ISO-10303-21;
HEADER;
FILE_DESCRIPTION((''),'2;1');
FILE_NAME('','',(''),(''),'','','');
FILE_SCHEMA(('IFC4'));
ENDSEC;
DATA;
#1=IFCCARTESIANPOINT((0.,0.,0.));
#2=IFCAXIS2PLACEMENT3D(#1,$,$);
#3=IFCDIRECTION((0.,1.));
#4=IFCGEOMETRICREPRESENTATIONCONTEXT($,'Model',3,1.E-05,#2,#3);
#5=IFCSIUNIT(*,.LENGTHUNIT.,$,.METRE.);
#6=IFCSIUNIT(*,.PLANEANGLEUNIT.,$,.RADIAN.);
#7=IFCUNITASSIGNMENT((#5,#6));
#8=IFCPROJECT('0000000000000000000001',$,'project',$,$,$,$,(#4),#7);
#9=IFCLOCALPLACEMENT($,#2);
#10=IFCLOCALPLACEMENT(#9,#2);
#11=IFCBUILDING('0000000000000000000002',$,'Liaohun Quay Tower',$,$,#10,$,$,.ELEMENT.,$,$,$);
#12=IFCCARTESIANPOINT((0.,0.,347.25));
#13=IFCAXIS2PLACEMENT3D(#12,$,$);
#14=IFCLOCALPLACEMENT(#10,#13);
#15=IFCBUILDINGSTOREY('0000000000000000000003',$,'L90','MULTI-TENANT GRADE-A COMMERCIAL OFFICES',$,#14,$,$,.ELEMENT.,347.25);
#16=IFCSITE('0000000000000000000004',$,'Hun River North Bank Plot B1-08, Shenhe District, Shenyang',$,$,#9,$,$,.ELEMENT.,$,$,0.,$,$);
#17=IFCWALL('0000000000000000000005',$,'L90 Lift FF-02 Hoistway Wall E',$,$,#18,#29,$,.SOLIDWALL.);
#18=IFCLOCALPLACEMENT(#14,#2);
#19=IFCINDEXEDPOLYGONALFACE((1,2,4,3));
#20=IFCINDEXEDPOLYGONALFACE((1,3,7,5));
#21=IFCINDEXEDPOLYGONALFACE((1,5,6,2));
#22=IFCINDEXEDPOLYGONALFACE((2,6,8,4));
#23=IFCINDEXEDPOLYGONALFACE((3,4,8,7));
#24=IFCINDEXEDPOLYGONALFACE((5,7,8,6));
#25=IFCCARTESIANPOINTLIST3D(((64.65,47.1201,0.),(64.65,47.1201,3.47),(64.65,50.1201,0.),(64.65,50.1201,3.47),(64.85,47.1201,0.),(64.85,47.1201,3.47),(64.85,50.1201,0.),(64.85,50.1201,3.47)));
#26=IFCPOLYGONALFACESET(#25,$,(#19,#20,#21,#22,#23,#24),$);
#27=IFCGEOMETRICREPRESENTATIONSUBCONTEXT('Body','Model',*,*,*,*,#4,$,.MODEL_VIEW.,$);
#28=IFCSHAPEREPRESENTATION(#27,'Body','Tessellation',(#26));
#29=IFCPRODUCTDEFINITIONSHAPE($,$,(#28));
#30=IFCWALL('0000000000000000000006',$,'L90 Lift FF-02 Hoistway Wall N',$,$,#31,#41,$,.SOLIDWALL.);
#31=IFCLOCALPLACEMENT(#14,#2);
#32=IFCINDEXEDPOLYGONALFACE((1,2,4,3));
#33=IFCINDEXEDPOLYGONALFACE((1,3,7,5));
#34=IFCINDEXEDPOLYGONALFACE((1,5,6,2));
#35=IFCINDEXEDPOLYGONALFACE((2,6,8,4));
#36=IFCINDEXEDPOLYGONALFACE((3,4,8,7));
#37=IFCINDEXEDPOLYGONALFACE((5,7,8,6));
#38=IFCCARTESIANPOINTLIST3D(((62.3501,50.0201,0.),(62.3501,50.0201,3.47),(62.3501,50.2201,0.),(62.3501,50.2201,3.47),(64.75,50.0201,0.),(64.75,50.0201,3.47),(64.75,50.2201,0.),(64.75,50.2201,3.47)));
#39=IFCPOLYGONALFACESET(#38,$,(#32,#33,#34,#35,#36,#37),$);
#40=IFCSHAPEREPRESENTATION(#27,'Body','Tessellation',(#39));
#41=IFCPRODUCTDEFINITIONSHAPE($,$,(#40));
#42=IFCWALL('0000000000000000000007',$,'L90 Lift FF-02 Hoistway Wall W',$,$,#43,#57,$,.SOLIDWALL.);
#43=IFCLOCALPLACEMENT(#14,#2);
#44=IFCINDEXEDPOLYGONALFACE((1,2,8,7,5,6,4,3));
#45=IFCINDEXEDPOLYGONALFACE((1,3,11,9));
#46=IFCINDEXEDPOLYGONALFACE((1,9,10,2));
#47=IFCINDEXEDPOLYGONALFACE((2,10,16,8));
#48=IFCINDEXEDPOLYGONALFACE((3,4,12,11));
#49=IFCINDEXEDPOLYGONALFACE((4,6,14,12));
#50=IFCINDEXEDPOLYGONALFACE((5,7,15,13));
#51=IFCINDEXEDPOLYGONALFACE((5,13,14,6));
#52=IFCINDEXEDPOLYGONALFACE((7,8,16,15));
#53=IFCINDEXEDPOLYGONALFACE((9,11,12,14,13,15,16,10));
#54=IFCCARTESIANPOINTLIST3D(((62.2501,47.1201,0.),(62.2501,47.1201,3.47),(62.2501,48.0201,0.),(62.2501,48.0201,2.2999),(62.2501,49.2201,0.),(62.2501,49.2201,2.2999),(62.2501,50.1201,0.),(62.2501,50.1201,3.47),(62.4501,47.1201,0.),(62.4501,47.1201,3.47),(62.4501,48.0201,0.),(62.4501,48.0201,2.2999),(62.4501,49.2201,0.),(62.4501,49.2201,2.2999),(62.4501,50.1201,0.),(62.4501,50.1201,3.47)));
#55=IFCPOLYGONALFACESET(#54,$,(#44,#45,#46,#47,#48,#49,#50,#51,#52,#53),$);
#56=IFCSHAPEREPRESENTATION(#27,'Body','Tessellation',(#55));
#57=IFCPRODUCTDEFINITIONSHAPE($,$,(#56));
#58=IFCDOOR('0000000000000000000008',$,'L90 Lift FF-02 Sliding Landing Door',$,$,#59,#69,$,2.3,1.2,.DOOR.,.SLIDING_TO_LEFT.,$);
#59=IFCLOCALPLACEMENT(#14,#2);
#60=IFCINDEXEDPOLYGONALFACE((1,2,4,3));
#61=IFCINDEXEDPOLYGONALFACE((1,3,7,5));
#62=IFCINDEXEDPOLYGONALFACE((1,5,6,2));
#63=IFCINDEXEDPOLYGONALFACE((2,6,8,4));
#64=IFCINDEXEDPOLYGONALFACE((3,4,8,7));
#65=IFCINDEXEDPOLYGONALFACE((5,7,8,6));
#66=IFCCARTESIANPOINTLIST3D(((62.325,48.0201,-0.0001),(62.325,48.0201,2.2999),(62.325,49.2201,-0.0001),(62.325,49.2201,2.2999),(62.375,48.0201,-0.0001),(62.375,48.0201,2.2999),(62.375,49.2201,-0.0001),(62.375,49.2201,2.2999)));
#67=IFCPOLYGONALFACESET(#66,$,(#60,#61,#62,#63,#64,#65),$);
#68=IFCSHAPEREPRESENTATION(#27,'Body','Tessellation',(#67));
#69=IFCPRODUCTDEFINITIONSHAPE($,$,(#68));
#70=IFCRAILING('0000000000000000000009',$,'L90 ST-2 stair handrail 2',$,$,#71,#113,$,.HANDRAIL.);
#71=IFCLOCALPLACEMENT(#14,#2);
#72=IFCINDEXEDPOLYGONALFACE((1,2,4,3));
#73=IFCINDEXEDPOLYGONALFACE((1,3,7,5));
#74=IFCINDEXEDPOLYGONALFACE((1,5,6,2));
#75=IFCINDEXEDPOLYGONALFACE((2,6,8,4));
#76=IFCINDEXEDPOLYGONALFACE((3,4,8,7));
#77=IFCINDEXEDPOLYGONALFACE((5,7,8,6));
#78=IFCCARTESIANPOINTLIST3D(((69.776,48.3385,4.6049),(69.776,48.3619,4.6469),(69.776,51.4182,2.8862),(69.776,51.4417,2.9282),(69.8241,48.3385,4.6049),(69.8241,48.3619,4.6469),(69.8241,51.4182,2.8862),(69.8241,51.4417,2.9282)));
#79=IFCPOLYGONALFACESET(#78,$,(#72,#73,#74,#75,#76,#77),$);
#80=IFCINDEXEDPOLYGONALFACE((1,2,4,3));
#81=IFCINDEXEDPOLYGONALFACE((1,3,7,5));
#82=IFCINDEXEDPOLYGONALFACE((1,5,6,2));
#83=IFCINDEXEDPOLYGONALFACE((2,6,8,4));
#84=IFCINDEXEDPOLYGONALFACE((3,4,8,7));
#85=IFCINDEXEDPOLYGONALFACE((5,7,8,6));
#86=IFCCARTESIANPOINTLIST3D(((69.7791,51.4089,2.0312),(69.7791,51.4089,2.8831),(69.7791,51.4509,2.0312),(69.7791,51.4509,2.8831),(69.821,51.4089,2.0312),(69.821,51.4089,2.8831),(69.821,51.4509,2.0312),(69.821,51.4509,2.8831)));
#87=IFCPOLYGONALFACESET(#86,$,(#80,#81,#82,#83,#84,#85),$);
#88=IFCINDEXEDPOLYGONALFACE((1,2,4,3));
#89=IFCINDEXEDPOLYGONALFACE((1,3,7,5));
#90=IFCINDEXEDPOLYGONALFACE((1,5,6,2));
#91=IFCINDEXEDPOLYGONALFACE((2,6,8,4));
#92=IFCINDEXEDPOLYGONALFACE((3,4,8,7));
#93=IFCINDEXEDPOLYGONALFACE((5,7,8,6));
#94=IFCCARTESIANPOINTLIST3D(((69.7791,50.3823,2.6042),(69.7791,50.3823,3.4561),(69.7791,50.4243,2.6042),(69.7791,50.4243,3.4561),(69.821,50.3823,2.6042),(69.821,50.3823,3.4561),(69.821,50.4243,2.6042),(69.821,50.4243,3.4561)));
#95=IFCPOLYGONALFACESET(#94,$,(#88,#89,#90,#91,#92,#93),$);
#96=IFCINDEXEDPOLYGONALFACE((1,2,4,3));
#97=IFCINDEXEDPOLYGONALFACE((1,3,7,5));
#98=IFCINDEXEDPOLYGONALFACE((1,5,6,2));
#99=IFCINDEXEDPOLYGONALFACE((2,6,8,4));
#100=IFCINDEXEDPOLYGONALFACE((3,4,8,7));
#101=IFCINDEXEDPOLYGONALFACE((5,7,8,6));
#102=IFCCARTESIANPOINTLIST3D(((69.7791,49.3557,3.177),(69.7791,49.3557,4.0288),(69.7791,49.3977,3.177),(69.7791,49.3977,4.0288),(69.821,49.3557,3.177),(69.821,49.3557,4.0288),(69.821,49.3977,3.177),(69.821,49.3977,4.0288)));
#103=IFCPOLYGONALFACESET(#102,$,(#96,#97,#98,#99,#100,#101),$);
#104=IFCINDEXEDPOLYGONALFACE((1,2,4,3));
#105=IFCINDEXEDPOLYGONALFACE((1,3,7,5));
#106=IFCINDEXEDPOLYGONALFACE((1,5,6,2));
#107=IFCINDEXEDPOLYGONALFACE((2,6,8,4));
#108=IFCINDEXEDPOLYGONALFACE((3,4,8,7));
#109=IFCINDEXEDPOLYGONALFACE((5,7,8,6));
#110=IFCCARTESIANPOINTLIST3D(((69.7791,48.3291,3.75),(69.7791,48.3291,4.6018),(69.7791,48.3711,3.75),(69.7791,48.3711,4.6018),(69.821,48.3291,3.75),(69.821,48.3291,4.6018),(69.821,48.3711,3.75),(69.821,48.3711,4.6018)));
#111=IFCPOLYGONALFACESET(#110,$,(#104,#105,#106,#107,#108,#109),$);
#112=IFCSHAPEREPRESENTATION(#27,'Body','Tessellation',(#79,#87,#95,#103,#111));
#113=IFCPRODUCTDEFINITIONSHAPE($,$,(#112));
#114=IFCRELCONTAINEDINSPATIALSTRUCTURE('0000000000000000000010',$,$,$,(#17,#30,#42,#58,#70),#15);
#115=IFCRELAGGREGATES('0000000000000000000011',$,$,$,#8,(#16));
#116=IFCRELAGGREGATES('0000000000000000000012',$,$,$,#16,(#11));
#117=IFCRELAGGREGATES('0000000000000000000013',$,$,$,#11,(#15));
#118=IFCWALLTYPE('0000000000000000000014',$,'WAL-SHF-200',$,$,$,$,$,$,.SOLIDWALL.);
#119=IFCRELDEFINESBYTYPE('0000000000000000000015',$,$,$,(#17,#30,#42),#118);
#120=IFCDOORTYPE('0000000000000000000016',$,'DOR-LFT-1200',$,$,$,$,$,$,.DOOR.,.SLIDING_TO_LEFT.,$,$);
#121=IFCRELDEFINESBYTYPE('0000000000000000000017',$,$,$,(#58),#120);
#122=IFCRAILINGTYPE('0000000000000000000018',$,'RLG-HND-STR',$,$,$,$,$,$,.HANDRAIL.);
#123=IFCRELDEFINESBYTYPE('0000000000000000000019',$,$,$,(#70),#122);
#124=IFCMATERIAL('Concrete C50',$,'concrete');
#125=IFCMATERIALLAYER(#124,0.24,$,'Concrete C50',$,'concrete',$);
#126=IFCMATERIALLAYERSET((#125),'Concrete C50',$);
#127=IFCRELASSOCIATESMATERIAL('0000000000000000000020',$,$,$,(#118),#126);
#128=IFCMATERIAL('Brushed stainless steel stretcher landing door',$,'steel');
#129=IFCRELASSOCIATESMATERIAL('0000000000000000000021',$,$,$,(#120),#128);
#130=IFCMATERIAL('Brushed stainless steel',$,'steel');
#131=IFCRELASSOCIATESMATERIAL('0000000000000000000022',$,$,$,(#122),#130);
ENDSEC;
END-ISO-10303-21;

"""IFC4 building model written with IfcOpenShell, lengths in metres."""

from ifc_helpers import new_model, si_unit, direction, frame, frame_2d, origin, origin_2d, place, context, subcontext, project, spatial, rectangle, extrude, source, transform, mapped, material, layer, layer_set, type_object, element, fill, save


model = new_model("IFC4")

# Units and contexts
model_context = context("Model", 3, precision=1e-05, world=origin(), true_north=direction((0.0, 1.0)))
body_context = subcontext(model_context, "Body", "Model", "MODEL_VIEW")
ifc_project = project(units=[si_unit("LENGTHUNIT", "METRE"), si_unit("PLANEANGLEUNIT", "RADIAN")], contexts=[model_context])

# Site, building, storey
site_placement = place(None, origin())
site = spatial("IfcSite", under=ifc_project, at=site_placement, Name="Hun River North Bank Plot B1-08, Shenhe District, Shenyang", CompositionType="ELEMENT", RefElevation=0.0)
building_placement = place(site_placement, origin())
building = spatial("IfcBuilding", under=site, at=building_placement, Name="Liaohun Quay Tower", CompositionType="ELEMENT")
storey_placement = place(building_placement, frame((0.0, 0.0, 347.25)))
storey = spatial("IfcBuildingStorey", under=building, at=storey_placement, Name="L90", Description="MULTI-TENANT GRADE-A COMMERCIAL OFFICES", CompositionType="ELEMENT", Elevation=347.25)

# Walls
ifc_material_1 = material(Name="Concrete C50", Category="concrete")
ifc_layer_1 = layer(ifc_material_1, 0.24, Name="Concrete C50", Category="concrete")
ifc_layer_set_1 = layer_set([ifc_layer_1], Name="Concrete C50")
wall_type_1 = type_object("IfcWallType", Name="WAL-SHF-200", PredefinedType="SOLIDWALL", material=ifc_layer_set_1)
wall_1_placement = place(storey_placement, frame((64.75, 47.1201, 0.0), z_axis=(0.0, 0.0, 1.0), x_axis=(0.0, 1.0, 0.0)))
element("IfcWall", 1, at=wall_1_placement, inside=storey, type_object=wall_type_1, Name="L90 Lift FF-02 Hoistway Wall E", PredefinedType="SOLIDWALL", context=body_context, shape_type="SweptSolid", body=[
    extrude(rectangle(XDim=3.0, YDim=0.2, at=frame_2d((1.5, 0.0))), origin(), (0.0, 0.0, 1.0), 3.47),
])
wall_2_placement = place(storey_placement, frame((64.75, 50.1201, 0.0), z_axis=(0.0, 0.0, 1.0), x_axis=(-1.0, 0.0, 0.0)))
element("IfcWall", 2, at=wall_2_placement, inside=storey, type_object=wall_type_1, Name="L90 Lift FF-02 Hoistway Wall N", PredefinedType="SOLIDWALL", context=body_context, shape_type="SweptSolid", body=[
    extrude(rectangle(XDim=2.3999, YDim=0.2, at=frame_2d((1.2, 0.0))), origin(), (0.0, 0.0, 1.0), 3.47),
])

# Wall, opening, door
wall_3_placement = place(storey_placement, frame((62.3501, 50.1201, 0.0), z_axis=(0.0, 0.0, 1.0), x_axis=(0.0, -1.0, 0.0)))
wall_3 = element("IfcWall", 3, at=wall_3_placement, inside=storey, type_object=wall_type_1, Name="L90 Lift FF-02 Hoistway Wall W", PredefinedType="SOLIDWALL", context=body_context, shape_type="SweptSolid", body=[
    extrude(rectangle(XDim=3.0, YDim=0.2, at=frame_2d((1.5, 0.0))), origin(), (0.0, 0.0, 1.0), 3.47),
])
shared_shape_1 = source(origin(), body_context, "Body", "SweptSolid", [
    extrude(rectangle(XDim=1.2, YDim=2.3, at=frame_2d((0.6001, 1.1499))), frame((0.0, 0.1099, 0.0), z_axis=(0.0, -1.0, 0.0), x_axis=(1.0, 0.0, 0.0)), (0.0, 0.0, 1.0), 0.22),
])
opening_1_placement = place(wall_3_placement, frame((0.8999, 0.0, 0.0)))
opening_1 = element("IfcOpeningElement", 4, at=opening_1_placement, cuts=wall_3, PredefinedType="OPENING", context=body_context, shape_type="MappedRepresentation", body=[
    mapped(shared_shape_1, transform((0.0, 0.0, 0.0), x_axis=(1.0, 0.0, 0.0), y_axis=(0.0, 1.0, 0.0), z_axis=(0.0, 0.0, 1.0), scale=1.0)),
])
ifc_material_2 = material(Name="Brushed stainless steel stretcher landing door", Category="steel")
door_type_1 = type_object("IfcDoorType", Name="DOR-LFT-1200", OperationType="SLIDING_TO_LEFT", PredefinedType="DOOR", material=ifc_material_2)
shared_shape_2 = source(origin(), body_context, "Body", "SweptSolid", [
    extrude(rectangle(XDim=1.2, YDim=2.3, at=frame_2d((0.6001, 1.1499))), frame((0.0, 0.0249, 0.0), z_axis=(0.0, -1.0, 0.0), x_axis=(1.0, 0.0, 0.0)), (0.0, 0.0, 1.0), 0.05),
])
door_1_placement = place(opening_1_placement, origin())
door_1 = element("IfcDoor", 5, at=door_1_placement, inside=storey, type_object=door_type_1, Name="L90 Lift FF-02 Sliding Landing Door", OperationType="SLIDING_TO_LEFT", OverallHeight=2.3, OverallWidth=1.2, PredefinedType="DOOR", context=body_context, shape_type="MappedRepresentation", body=[
    mapped(shared_shape_2, transform((0.0, 0.0, 0.0), x_axis=(1.0, 0.0, 0.0), y_axis=(0.0, 1.0, 0.0), z_axis=(0.0, 0.0, 1.0), scale=1.0)),
])
fill(opening_1, door_1)

# Railing
ifc_material_3 = material(Name="Brushed stainless steel", Category="steel")
railing_type = type_object("IfcRailingType", Name="RLG-HND-STR", PredefinedType="HANDRAIL", material=ifc_material_3)
railing_placement = place(storey_placement, frame((69.8, 51.4299, 2.0312)))
element("IfcRailing", 6, at=railing_placement, inside=storey, type_object=railing_type, Name="L90 ST-2 stair handrail 2", PredefinedType="HANDRAIL", context=body_context, shape_type="SweptSolid", body=[
    extrude(rectangle(XDim=0.0481, YDim=0.0481, at=origin_2d()), frame((0.0, 0.0, 0.876), z_axis=(0.0, -0.873225, 0.487317), x_axis=(1.0, 0.0, 0.0)), (0.0, 0.0, 1.0), 3.5269),
    extrude(rectangle(XDim=0.042, YDim=0.042, at=origin_2d()), origin(), (0.0, 0.0, 1.0), 0.8518),
    extrude(rectangle(XDim=0.042, YDim=0.042, at=origin_2d()), frame((0.0, -1.0266, 0.573)), (0.0, 0.0, 1.0), 0.8518),
    extrude(rectangle(XDim=0.042, YDim=0.042, at=origin_2d()), frame((0.0, -2.0532, 1.1458)), (0.0, 0.0, 1.0), 0.8518),
    extrude(rectangle(XDim=0.042, YDim=0.042, at=origin_2d()), frame((0.0, -3.0798, 1.7188)), (0.0, 0.0, 1.0), 0.8518),
])

save(model, "model.ifc")
